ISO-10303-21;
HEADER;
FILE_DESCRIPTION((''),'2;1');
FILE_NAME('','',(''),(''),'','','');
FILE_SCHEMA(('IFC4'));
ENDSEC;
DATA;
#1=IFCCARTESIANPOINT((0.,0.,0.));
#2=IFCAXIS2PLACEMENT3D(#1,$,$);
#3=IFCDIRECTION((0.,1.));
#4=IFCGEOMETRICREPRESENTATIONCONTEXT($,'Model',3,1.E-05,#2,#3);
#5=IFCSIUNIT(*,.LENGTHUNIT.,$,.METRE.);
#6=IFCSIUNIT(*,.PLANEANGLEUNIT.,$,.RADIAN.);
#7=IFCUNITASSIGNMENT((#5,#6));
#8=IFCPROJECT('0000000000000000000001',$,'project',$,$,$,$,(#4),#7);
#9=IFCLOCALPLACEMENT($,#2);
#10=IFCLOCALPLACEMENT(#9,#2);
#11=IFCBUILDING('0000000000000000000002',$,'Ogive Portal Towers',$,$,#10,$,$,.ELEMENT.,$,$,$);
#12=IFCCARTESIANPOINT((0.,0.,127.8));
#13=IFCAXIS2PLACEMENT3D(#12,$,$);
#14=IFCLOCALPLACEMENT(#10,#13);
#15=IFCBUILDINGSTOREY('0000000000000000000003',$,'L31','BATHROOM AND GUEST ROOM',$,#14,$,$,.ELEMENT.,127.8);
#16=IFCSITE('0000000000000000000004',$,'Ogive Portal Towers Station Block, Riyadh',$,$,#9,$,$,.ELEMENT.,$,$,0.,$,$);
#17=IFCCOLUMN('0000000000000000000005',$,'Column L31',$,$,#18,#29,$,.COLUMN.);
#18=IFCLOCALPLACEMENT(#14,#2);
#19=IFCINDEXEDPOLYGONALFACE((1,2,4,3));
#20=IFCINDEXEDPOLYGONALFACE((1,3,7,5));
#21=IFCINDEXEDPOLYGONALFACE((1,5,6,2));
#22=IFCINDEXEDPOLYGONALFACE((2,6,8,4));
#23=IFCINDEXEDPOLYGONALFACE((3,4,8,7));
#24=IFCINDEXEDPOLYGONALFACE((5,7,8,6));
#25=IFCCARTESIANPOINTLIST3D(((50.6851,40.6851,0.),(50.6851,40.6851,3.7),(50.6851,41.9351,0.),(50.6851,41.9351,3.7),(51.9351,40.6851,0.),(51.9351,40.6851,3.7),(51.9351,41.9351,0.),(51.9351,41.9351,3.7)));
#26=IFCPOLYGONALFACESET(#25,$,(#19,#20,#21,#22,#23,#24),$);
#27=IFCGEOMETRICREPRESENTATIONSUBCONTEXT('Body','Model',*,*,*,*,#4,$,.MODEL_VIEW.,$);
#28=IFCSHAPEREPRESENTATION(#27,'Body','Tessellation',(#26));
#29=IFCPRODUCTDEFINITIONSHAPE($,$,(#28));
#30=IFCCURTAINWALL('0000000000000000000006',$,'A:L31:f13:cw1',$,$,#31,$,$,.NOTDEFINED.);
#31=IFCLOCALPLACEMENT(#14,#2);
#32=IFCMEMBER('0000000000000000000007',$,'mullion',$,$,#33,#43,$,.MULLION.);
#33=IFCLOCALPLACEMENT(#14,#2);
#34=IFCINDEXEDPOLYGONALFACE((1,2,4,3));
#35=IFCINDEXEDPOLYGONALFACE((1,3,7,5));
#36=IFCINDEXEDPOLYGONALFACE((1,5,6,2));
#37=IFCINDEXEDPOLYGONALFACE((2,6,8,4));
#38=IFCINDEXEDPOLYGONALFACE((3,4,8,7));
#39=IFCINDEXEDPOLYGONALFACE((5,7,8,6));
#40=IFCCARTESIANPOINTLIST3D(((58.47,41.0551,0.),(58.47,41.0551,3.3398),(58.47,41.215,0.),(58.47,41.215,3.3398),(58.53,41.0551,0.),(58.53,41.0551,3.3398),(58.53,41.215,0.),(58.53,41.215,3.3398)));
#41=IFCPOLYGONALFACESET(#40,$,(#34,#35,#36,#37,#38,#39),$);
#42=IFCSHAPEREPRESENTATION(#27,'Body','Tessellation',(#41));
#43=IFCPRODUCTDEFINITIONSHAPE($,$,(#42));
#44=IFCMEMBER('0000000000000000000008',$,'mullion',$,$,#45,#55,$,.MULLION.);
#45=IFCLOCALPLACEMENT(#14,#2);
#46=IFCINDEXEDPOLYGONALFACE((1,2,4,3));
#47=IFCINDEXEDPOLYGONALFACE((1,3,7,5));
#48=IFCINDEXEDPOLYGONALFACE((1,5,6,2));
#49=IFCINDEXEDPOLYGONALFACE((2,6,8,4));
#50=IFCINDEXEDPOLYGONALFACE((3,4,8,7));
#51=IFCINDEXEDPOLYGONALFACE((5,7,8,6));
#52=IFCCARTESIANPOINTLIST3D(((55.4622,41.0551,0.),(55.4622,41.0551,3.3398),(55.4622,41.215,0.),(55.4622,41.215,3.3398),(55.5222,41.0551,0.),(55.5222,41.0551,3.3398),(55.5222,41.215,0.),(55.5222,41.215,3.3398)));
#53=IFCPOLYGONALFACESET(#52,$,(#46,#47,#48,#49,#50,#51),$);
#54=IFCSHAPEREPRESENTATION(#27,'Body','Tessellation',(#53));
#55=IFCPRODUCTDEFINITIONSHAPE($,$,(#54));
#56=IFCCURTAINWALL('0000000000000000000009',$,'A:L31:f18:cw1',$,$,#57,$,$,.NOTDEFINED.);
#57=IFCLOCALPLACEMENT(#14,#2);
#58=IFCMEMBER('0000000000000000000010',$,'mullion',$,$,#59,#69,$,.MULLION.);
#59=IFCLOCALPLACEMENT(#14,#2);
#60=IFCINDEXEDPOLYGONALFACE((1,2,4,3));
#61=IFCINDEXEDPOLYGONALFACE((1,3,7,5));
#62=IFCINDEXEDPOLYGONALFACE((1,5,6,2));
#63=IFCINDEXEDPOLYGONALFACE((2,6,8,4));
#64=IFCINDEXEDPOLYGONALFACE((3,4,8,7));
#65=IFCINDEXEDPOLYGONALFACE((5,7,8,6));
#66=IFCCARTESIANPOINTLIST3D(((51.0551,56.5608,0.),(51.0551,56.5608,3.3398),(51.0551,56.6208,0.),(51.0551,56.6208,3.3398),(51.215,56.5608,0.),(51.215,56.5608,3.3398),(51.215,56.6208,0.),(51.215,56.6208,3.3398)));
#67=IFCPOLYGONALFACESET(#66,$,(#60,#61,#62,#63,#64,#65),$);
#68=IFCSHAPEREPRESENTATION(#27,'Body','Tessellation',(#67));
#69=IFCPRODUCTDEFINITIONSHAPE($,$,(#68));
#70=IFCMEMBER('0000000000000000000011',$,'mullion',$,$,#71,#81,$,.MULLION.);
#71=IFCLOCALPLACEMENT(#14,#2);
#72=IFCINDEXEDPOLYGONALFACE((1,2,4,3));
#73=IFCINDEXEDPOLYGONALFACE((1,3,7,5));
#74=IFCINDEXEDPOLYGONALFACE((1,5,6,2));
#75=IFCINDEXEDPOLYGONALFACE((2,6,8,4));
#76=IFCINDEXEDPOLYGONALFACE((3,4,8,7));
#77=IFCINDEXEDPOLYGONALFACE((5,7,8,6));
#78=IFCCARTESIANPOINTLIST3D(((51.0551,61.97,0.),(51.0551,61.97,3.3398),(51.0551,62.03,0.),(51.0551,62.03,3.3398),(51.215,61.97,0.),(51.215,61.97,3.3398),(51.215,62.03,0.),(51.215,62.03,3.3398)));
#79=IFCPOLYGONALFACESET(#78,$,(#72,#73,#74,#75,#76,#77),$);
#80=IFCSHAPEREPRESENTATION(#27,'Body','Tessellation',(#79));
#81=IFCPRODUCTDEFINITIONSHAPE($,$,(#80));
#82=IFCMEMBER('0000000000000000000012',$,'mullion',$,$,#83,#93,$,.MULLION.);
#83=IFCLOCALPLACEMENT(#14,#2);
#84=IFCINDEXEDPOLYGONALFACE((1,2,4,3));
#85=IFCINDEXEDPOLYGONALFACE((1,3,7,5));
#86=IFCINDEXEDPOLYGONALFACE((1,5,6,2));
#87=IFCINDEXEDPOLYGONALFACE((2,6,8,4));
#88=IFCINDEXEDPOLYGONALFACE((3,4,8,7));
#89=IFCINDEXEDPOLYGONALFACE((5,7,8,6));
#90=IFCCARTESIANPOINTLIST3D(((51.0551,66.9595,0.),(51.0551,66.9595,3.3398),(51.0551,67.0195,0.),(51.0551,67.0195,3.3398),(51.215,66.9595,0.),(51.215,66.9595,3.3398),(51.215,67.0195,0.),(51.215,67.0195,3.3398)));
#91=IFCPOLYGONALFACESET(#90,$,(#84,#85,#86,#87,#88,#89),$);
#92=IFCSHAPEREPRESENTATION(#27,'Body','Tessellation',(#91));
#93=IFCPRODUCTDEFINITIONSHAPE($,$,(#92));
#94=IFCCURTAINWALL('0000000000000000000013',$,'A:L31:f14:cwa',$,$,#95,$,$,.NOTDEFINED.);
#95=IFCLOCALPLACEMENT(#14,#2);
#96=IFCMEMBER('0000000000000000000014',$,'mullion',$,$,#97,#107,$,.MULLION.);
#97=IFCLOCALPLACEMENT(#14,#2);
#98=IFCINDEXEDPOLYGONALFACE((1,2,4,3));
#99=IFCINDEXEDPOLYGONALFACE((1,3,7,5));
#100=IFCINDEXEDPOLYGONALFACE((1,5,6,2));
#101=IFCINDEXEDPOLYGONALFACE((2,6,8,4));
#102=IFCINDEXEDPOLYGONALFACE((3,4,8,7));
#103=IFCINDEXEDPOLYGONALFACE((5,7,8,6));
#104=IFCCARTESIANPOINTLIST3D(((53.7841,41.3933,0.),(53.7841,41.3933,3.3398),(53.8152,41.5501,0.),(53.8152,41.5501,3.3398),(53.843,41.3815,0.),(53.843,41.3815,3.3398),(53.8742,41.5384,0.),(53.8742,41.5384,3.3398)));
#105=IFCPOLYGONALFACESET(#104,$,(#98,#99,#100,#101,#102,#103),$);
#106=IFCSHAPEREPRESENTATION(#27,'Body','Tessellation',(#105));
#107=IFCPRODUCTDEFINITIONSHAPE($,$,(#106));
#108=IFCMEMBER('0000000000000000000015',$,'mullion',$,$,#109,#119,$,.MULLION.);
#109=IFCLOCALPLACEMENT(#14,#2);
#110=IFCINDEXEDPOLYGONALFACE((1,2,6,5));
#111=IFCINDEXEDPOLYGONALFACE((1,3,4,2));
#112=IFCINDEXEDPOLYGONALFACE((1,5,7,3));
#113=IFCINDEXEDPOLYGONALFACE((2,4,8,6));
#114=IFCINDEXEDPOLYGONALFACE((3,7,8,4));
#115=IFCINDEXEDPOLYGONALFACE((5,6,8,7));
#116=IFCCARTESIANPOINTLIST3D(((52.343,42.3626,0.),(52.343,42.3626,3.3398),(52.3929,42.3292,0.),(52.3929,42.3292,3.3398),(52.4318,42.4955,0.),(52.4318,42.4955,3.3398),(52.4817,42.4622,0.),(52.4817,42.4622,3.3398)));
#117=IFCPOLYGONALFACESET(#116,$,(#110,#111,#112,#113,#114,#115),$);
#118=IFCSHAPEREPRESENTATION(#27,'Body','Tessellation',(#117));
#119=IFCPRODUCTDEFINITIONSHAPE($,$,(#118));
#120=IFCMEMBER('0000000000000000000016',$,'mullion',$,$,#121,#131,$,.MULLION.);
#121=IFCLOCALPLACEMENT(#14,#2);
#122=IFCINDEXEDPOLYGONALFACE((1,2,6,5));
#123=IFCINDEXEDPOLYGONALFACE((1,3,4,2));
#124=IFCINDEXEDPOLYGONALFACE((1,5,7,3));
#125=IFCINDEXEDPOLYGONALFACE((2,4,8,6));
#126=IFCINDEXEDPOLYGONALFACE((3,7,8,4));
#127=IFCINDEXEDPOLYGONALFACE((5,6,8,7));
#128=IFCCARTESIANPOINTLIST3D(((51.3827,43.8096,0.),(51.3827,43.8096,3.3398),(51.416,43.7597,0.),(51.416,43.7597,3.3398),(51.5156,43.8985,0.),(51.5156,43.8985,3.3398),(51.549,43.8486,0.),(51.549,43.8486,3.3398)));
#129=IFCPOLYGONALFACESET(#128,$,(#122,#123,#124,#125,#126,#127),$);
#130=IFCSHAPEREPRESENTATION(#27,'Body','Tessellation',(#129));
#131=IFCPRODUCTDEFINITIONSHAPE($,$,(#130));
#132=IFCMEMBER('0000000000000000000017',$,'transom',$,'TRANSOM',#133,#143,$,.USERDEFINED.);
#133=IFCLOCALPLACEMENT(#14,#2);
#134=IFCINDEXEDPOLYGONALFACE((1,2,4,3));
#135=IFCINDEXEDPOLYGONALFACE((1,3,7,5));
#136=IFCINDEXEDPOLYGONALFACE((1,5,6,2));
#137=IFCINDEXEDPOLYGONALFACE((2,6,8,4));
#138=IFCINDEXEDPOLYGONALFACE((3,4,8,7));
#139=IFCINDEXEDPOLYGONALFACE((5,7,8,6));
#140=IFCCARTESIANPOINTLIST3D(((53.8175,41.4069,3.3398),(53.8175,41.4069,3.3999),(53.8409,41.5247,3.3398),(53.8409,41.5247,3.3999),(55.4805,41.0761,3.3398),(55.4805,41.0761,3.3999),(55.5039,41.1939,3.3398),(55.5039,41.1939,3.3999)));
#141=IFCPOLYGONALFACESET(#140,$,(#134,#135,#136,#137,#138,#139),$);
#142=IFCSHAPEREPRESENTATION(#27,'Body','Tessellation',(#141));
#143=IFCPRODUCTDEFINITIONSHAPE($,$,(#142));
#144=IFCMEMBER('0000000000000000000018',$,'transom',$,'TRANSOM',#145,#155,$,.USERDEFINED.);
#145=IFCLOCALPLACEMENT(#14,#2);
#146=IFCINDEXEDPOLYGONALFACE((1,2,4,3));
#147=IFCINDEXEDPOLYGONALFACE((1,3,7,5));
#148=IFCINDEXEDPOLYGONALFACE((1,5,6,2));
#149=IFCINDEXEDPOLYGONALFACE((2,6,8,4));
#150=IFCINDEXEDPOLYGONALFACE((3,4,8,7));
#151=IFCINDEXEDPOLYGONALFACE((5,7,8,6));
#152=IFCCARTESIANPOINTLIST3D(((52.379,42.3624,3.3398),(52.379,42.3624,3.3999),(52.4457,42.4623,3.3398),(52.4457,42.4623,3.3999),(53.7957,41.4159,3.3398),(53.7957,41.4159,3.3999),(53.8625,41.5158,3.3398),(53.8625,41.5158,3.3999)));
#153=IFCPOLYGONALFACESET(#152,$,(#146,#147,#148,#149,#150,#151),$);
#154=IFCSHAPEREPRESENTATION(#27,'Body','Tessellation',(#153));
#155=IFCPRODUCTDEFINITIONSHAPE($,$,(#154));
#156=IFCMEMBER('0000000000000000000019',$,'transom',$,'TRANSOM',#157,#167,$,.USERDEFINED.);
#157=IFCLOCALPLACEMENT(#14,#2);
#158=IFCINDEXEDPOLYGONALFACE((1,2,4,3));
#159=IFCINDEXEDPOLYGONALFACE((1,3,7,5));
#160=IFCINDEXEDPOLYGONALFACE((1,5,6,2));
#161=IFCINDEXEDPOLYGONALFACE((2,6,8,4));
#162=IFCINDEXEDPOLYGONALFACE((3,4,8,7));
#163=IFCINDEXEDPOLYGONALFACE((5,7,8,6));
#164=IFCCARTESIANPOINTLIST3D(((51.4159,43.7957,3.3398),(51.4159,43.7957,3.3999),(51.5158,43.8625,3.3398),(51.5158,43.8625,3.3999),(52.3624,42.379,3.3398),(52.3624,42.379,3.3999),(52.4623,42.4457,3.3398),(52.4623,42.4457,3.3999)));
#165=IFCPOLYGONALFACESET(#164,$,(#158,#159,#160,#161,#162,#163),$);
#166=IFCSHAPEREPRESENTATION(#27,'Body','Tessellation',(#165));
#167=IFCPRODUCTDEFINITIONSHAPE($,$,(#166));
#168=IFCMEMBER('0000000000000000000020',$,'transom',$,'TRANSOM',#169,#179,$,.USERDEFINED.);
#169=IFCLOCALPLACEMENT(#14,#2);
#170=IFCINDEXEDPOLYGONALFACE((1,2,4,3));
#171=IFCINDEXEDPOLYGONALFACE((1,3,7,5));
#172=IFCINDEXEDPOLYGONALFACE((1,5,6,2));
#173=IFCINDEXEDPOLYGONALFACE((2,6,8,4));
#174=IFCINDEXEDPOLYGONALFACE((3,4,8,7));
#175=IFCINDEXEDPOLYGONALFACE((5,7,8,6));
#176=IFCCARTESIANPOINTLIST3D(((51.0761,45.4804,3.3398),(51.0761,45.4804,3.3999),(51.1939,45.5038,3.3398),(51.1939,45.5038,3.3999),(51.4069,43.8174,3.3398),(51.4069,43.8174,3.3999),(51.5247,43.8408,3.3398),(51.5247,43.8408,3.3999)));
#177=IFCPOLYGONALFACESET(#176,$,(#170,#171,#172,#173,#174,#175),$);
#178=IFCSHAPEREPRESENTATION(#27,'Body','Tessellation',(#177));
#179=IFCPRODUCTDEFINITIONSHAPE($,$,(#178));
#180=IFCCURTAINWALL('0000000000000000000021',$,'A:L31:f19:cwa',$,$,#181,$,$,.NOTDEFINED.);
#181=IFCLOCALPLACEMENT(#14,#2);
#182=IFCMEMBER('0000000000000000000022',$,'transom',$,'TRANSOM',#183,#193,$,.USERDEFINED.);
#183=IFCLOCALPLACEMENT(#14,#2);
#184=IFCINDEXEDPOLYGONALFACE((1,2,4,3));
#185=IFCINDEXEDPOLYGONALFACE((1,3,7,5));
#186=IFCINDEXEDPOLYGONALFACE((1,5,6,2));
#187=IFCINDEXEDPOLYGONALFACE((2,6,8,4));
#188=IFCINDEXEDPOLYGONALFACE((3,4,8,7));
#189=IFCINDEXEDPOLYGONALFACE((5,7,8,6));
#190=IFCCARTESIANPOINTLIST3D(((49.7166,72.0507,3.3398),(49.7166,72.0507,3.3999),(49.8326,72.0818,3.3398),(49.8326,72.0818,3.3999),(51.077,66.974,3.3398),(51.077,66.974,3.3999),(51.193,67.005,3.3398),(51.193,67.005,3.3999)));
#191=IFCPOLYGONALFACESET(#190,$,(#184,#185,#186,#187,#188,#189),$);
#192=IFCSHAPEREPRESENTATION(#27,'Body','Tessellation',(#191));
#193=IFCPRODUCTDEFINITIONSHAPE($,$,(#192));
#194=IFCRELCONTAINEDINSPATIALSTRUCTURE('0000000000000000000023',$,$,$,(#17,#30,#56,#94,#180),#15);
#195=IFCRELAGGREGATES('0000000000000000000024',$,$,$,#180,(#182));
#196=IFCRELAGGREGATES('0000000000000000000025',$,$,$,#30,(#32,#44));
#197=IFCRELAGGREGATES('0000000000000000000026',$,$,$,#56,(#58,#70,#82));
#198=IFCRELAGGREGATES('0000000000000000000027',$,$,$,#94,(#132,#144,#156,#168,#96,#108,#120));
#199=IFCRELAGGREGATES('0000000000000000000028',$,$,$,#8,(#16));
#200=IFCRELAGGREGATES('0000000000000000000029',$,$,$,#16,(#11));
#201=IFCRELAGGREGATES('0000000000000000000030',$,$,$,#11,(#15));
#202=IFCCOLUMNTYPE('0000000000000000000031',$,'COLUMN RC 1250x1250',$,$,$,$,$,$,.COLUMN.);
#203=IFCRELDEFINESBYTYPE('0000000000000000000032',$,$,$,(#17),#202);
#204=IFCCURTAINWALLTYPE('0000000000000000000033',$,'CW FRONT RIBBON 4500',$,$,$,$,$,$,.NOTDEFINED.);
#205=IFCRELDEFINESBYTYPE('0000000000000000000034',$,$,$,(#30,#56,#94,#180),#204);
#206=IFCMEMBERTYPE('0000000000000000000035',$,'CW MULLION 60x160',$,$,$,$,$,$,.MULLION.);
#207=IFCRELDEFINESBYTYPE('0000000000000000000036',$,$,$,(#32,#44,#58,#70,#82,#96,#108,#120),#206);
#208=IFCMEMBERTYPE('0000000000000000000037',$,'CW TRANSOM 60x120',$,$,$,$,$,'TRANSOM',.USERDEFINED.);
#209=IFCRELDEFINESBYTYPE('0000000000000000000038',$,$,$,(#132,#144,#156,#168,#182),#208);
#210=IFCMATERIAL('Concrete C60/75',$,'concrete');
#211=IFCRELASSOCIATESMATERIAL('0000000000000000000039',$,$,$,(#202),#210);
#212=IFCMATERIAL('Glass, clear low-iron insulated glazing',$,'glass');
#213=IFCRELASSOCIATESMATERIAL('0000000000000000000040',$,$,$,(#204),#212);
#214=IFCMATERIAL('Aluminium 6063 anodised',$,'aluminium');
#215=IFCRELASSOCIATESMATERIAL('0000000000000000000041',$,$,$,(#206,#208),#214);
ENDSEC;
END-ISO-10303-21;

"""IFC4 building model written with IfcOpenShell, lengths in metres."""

from ifc_helpers import new_model, si_unit, direction, frame, origin, origin_2d, place, context, subcontext, project, spatial, rectangle, extrude, material, material_profile, profile_set, type_object, element, aggregate, save


model = new_model("IFC4")

# Units and contexts
model_context = context("Model", 3, precision=1e-05, world=origin(), true_north=direction((0.0, 1.0)))
body_context = subcontext(model_context, "Body", "Model", "MODEL_VIEW")
ifc_project = project(units=[si_unit("LENGTHUNIT", "METRE"), si_unit("PLANEANGLEUNIT", "RADIAN")], contexts=[model_context])

# Site, building, storey
site_placement = place(None, origin())
site = spatial("IfcSite", under=ifc_project, at=site_placement, Name="Ogive Portal Towers Station Block, Riyadh", CompositionType="ELEMENT", RefElevation=0.0)
building_placement = place(site_placement, origin())
building = spatial("IfcBuilding", under=site, at=building_placement, Name="Ogive Portal Towers", CompositionType="ELEMENT")
storey_placement = place(building_placement, frame((0.0, 0.0, 127.8)))
storey = spatial("IfcBuildingStorey", under=building, at=storey_placement, Name="L31", Description="BATHROOM AND GUEST ROOM", CompositionType="ELEMENT", Elevation=127.8)

# Column
ifc_material_1 = material(Name="Concrete C60/75", Category="concrete")
ifc_material_profile_1 = material_profile(ifc_material_1, rectangle(XDim=1.25, YDim=1.25, at=origin_2d()), Name="RC 1250x1250")
ifc_profile_set_1 = profile_set([ifc_material_profile_1], Name="Concrete C60/75")
column_type = type_object("IfcColumnType", Name="COLUMN RC 1250x1250", PredefinedType="COLUMN", material=ifc_profile_set_1)
column_placement = place(storey_placement, frame((51.3101, 41.3101, 0.0), z_axis=(0.0, 0.0, 1.0), x_axis=(1.0, 0.0, 0.0)))
element("IfcColumn", 1, at=column_placement, inside=storey, type_object=column_type, Name="Column L31", PredefinedType="COLUMN", context=body_context, shape_type="SweptSolid", body=[
    extrude(rectangle(XDim=1.25, YDim=1.25, at=origin_2d()), origin(), (0.0, 0.0, 1.0), 3.7),
])

# Curtain walls, members
ifc_material_2 = material(Name="Glass, clear low-iron insulated glazing", Category="glass")
curtain_wall_type = type_object("IfcCurtainWallType", Name="CW FRONT RIBBON 4500", PredefinedType="NOTDEFINED", material=ifc_material_2)
curtain_wall_1_placement = place(storey_placement, origin())
curtain_wall_1 = element("IfcCurtainWall", 2, at=curtain_wall_1_placement, inside=storey, type_object=curtain_wall_type, Name="A:L31:f13:cw1", PredefinedType="NOTDEFINED")
ifc_material_3 = material(Name="Aluminium 6063 anodised", Category="aluminium")
ifc_material_profile_2 = material_profile(ifc_material_3, rectangle(XDim=0.1599, YDim=0.0601, at=origin_2d()), Name="AL 60x160")
ifc_profile_set_2 = profile_set([ifc_material_profile_2], Name="Aluminium 6063 anodised")
member_type_1 = type_object("IfcMemberType", Name="CW MULLION 60x160", PredefinedType="MULLION", material=ifc_profile_set_2)
member_1_placement = place(storey_placement, frame((58.5, 41.135, 0.0), z_axis=(0.0, 0.0, 1.0), x_axis=(0.0, -1.0, 0.0)))
member_1 = element("IfcMember", 3, at=member_1_placement, type_object=member_type_1, Name="mullion", PredefinedType="MULLION", context=body_context, shape_type="SweptSolid", body=[
    extrude(rectangle(XDim=0.1599, YDim=0.0601, at=origin_2d()), origin(), (0.0, 0.0, 1.0), 3.3398),
])
member_2_placement = place(storey_placement, frame((55.4922, 41.135, 0.0), z_axis=(0.0, 0.0, 1.0), x_axis=(0.0, -1.0, 0.0)))
member_2 = element("IfcMember", 4, at=member_2_placement, type_object=member_type_1, Name="mullion", PredefinedType="MULLION", context=body_context, shape_type="SweptSolid", body=[
    extrude(rectangle(XDim=0.1599, YDim=0.0601, at=origin_2d()), origin(), (0.0, 0.0, 1.0), 3.3398),
])
curtain_wall_2_placement = place(storey_placement, origin())
curtain_wall_2 = element("IfcCurtainWall", 5, at=curtain_wall_2_placement, inside=storey, type_object=curtain_wall_type, Name="A:L31:f18:cw1", PredefinedType="NOTDEFINED")
member_3_placement = place(storey_placement, frame((51.135, 56.5908, 0.0), z_axis=(0.0, 0.0, 1.0), x_axis=(-1.0, 0.0, 0.0)))
member_3 = element("IfcMember", 6, at=member_3_placement, type_object=member_type_1, Name="mullion", PredefinedType="MULLION", context=body_context, shape_type="SweptSolid", body=[
    extrude(rectangle(XDim=0.1599, YDim=0.0601, at=origin_2d()), origin(), (0.0, 0.0, 1.0), 3.3398),
])
member_4_placement = place(storey_placement, frame((51.135, 62.0, 0.0), z_axis=(0.0, 0.0, 1.0), x_axis=(-1.0, 0.0, 0.0)))
member_4 = element("IfcMember", 7, at=member_4_placement, type_object=member_type_1, Name="mullion", PredefinedType="MULLION", context=body_context, shape_type="SweptSolid", body=[
    extrude(rectangle(XDim=0.1599, YDim=0.0601, at=origin_2d()), origin(), (0.0, 0.0, 1.0), 3.3398),
])
member_5_placement = place(storey_placement, frame((51.135, 66.9895, 0.0), z_axis=(0.0, 0.0, 1.0), x_axis=(-1.0, 0.0, 0.0)))
member_5 = element("IfcMember", 8, at=member_5_placement, type_object=member_type_1, Name="mullion", PredefinedType="MULLION", context=body_context, shape_type="SweptSolid", body=[
    extrude(rectangle(XDim=0.1599, YDim=0.0601, at=origin_2d()), origin(), (0.0, 0.0, 1.0), 3.3398),
])
curtain_wall_3_placement = place(storey_placement, origin())
curtain_wall_3 = element("IfcCurtainWall", 9, at=curtain_wall_3_placement, inside=storey, type_object=curtain_wall_type, Name="A:L31:f14:cwa", PredefinedType="NOTDEFINED")
member_6_placement = place(storey_placement, frame((53.8291, 41.4658, 0.0), z_axis=(0.0, 0.0, 1.0), x_axis=(-0.19509, -0.980785, 0.0)))
member_6 = element("IfcMember", 10, at=member_6_placement, type_object=member_type_1, Name="mullion", PredefinedType="MULLION", context=body_context, shape_type="SweptSolid", body=[
    extrude(rectangle(XDim=0.1599, YDim=0.0601, at=origin_2d()), origin(), (0.0, 0.0, 1.0), 3.3398),
])
member_7_placement = place(storey_placement, frame((52.4124, 42.4124, 0.0), z_axis=(0.0, 0.0, 1.0), x_axis=(-0.55557, -0.83147, 0.0)))
member_7 = element("IfcMember", 11, at=member_7_placement, type_object=member_type_1, Name="mullion", PredefinedType="MULLION", context=body_context, shape_type="SweptSolid", body=[
    extrude(rectangle(XDim=0.1599, YDim=0.0601, at=origin_2d()), origin(), (0.0, 0.0, 1.0), 3.3398),
])
member_8_placement = place(storey_placement, frame((51.4658, 43.8291, 0.0), z_axis=(0.0, 0.0, 1.0), x_axis=(-0.83147, -0.55557, 0.0)))
member_8 = element("IfcMember", 12, at=member_8_placement, type_object=member_type_1, Name="mullion", PredefinedType="MULLION", context=body_context, shape_type="SweptSolid", body=[
    extrude(rectangle(XDim=0.1599, YDim=0.0601, at=origin_2d()), origin(), (0.0, 0.0, 1.0), 3.3398),
])
ifc_material_profile_3 = material_profile(ifc_material_3, rectangle(XDim=0.1201, YDim=0.0601, at=origin_2d()), Name="AL 120x60")
ifc_profile_set_3 = profile_set([ifc_material_profile_3], Name="Aluminium 6063 anodised")
member_type_2 = type_object("IfcMemberType", Name="CW TRANSOM 60x120", ElementType="TRANSOM", PredefinedType="USERDEFINED", material=ifc_profile_set_3)
member_9_placement = place(storey_placement, frame((55.4922, 41.135, 3.3699), z_axis=(-0.980785, 0.195092, 0.0), x_axis=(-0.195092, -0.980785, 0.0)))
member_9 = element("IfcMember", 13, at=member_9_placement, type_object=member_type_2, Name="transom", ObjectType="TRANSOM", PredefinedType="USERDEFINED", context=body_context, shape_type="SweptSolid", body=[
    extrude(rectangle(XDim=0.1201, YDim=0.0601, at=origin_2d()), origin(), (0.0, 0.0, 1.0), 1.6956),
])
member_10_placement = place(storey_placement, frame((53.8291, 41.4658, 3.3699), z_axis=(-0.831499, 0.555527, 0.0), x_axis=(-0.555527, -0.831499, 0.0)))
member_10 = element("IfcMember", 14, at=member_10_placement, type_object=member_type_2, Name="transom", ObjectType="TRANSOM", PredefinedType="USERDEFINED", context=body_context, shape_type="SweptSolid", body=[
    extrude(rectangle(XDim=0.1201, YDim=0.0601, at=origin_2d()), origin(), (0.0, 0.0, 1.0), 1.7039),
])
member_11_placement = place(storey_placement, frame((52.4124, 42.4124, 3.3699), z_axis=(-0.555527, 0.831499, 0.0), x_axis=(-0.831499, -0.555527, 0.0)))
member_11 = element("IfcMember", 15, at=member_11_placement, type_object=member_type_2, Name="transom", ObjectType="TRANSOM", PredefinedType="USERDEFINED", context=body_context, shape_type="SweptSolid", body=[
    extrude(rectangle(XDim=0.1201, YDim=0.0601, at=origin_2d()), origin(), (0.0, 0.0, 1.0), 1.7039),
])
member_12_placement = place(storey_placement, frame((51.4658, 43.8291, 3.3699), z_axis=(-0.195092, 0.980785, 0.0), x_axis=(-0.980785, -0.195092, 0.0)))
member_12 = element("IfcMember", 16, at=member_12_placement, type_object=member_type_2, Name="transom", ObjectType="TRANSOM", PredefinedType="USERDEFINED", context=body_context, shape_type="SweptSolid", body=[
    extrude(rectangle(XDim=0.1201, YDim=0.0601, at=origin_2d()), origin(), (0.0, 0.0, 1.0), 1.6956),
])

# Curtain wall, member
curtain_wall_4_placement = place(storey_placement, origin())
curtain_wall_4 = element("IfcCurtainWall", 17, at=curtain_wall_4_placement, inside=storey, type_object=curtain_wall_type, Name="A:L31:f19:cwa", PredefinedType="NOTDEFINED")
member_13_placement = place(storey_placement, frame((51.135, 66.9895, 3.3699), z_axis=(-0.258831, 0.965923, 0.0), x_axis=(-0.965923, -0.258831, 0.0)))
member_13 = element("IfcMember", 18, at=member_13_placement, type_object=member_type_2, Name="transom", ObjectType="TRANSOM", PredefinedType="USERDEFINED", context=body_context, shape_type="SweptSolid", body=[
    extrude(rectangle(XDim=0.1201, YDim=0.0601, at=origin_2d()), origin(), (0.0, 0.0, 1.0), 5.2559),
])
aggregate(curtain_wall_4, [member_13])

aggregate(curtain_wall_1, [member_1, member_2])
aggregate(curtain_wall_2, [member_3, member_4, member_5])
aggregate(curtain_wall_3, [member_9, member_10, member_11, member_12, member_6, member_7, member_8])

save(model, "model.ifc")
